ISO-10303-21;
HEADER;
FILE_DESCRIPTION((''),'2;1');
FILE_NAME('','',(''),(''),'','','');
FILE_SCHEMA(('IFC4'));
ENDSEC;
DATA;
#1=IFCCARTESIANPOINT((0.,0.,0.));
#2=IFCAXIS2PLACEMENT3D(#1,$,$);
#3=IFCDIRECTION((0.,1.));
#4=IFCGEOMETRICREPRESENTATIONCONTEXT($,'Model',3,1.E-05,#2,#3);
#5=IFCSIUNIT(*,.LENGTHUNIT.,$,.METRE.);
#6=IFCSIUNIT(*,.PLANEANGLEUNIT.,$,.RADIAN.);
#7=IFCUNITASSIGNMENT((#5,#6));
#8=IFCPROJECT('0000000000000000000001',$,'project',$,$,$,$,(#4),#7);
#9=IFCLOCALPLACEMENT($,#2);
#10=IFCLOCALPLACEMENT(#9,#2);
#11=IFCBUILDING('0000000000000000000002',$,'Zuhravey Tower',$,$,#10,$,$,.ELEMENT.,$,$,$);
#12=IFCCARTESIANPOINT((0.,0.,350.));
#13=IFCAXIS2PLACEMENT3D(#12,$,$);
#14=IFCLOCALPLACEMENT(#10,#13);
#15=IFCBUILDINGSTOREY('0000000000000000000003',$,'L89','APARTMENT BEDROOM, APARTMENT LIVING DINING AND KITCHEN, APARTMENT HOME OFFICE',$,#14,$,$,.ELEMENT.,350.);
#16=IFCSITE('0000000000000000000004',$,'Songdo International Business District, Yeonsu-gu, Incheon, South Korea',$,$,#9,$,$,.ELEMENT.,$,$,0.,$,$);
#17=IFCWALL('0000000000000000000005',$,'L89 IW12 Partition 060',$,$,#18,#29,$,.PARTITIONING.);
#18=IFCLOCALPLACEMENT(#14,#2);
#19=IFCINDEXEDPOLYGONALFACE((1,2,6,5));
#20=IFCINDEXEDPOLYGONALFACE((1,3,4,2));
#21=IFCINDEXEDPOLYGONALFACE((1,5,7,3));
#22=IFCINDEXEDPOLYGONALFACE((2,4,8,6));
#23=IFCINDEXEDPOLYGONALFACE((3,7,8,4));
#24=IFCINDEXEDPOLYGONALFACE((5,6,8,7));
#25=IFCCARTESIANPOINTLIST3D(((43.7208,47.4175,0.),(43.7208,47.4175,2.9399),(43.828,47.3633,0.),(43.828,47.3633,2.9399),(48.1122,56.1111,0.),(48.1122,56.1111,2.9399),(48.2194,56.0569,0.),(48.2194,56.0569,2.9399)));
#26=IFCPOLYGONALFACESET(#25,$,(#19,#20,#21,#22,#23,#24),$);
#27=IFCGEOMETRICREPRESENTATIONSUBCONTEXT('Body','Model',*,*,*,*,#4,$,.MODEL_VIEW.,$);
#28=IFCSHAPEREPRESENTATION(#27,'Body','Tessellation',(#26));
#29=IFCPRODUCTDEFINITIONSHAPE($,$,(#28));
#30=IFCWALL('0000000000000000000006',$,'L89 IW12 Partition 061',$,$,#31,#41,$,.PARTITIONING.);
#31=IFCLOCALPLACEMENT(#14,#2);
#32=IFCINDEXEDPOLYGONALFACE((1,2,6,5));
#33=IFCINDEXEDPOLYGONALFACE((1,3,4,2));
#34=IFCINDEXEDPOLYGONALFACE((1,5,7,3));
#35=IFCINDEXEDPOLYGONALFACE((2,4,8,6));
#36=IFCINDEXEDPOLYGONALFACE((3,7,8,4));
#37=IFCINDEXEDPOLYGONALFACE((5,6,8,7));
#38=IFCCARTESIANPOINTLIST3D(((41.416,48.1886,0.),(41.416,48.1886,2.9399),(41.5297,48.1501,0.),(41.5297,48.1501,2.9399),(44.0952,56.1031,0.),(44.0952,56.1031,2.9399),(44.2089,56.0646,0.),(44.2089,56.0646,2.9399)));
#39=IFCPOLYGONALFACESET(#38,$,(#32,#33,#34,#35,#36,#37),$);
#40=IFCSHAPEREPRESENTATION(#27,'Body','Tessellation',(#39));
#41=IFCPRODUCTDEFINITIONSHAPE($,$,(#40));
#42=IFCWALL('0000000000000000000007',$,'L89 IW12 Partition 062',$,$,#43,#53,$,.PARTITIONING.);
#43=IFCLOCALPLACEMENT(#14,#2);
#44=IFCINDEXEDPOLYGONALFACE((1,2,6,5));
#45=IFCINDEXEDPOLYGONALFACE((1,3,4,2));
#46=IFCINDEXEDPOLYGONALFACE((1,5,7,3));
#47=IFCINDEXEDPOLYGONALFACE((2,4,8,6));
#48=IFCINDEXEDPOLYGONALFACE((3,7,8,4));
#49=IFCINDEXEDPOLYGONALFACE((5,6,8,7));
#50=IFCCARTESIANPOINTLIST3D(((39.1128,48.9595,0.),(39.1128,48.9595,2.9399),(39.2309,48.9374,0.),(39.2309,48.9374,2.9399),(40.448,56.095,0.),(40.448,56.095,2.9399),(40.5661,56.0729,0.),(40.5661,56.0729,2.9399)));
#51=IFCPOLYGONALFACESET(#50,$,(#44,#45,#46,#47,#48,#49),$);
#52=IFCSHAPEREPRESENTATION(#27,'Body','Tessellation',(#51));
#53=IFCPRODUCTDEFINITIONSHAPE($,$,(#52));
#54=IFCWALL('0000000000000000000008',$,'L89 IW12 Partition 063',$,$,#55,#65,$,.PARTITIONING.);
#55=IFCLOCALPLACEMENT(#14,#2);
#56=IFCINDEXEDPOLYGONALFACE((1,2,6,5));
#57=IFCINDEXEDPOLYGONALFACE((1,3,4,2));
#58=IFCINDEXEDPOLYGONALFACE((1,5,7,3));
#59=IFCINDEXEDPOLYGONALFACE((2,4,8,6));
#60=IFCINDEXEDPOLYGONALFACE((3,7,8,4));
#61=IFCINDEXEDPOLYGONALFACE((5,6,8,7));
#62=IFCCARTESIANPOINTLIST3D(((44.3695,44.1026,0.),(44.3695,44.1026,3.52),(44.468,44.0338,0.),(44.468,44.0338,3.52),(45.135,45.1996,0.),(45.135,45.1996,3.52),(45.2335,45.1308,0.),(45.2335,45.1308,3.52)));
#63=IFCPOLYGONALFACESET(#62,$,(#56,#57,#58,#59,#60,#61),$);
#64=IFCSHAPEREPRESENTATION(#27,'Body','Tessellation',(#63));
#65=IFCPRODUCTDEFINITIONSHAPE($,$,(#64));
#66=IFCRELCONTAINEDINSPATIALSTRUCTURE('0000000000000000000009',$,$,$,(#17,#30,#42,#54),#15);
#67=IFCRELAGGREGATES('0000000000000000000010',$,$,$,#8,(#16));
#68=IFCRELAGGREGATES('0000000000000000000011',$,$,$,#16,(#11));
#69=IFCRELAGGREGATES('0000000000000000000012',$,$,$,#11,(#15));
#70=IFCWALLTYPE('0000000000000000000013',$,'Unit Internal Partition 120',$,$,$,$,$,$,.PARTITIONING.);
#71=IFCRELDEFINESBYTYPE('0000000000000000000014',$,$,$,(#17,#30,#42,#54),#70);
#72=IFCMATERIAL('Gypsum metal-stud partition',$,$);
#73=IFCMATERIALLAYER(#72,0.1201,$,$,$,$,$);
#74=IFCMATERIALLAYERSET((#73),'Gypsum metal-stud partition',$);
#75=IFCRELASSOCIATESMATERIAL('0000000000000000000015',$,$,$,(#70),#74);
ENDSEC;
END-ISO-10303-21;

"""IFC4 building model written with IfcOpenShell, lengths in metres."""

from ifc_helpers import new_model, si_unit, direction, frame, frame_2d, origin, place, context, subcontext, project, spatial, rectangle, extrude, material, layer, layer_set, type_object, element, save


model = new_model("IFC4")

# Units and contexts
model_context = context("Model", 3, precision=1e-05, world=origin(), true_north=direction((0.0, 1.0)))
body_context = subcontext(model_context, "Body", "Model", "MODEL_VIEW")
ifc_project = project(units=[si_unit("LENGTHUNIT", "METRE"), si_unit("PLANEANGLEUNIT", "RADIAN")], contexts=[model_context])

# Site, building, storey
site_placement = place(None, origin())
site = spatial("IfcSite", under=ifc_project, at=site_placement, Name="Songdo International Business District, Yeonsu-gu, Incheon, South Korea", CompositionType="ELEMENT", RefElevation=0.0)
building_placement = place(site_placement, origin())
building = spatial("IfcBuilding", under=site, at=building_placement, Name="Zuhravey Tower", CompositionType="ELEMENT")
storey_placement = place(building_placement, frame((0.0, 0.0, 350.0)))
storey = spatial("IfcBuildingStorey", under=building, at=storey_placement, Name="L89", Description="APARTMENT BEDROOM, APARTMENT LIVING DINING AND KITCHEN, APARTMENT HOME OFFICE", CompositionType="ELEMENT", Elevation=350.0)

# Shared definitions
ifc_material_1 = material(Name="Gypsum metal-stud partition")
ifc_layer_1 = layer(ifc_material_1, 0.1201)
ifc_layer_set_1 = layer_set([ifc_layer_1], Name="Gypsum metal-stud partition")
wall_type_1 = type_object("IfcWallType", Name="Unit Internal Partition 120", PredefinedType="PARTITIONING", material=ifc_layer_set_1)

# Walls
wall_1_placement = place(storey_placement, frame((43.7744, 47.3904, 0.0), z_axis=(0.0, 0.0, 1.0), x_axis=(0.45087, 0.89259, 0.0)))
element("IfcWall", 1, at=wall_1_placement, inside=storey, type_object=wall_type_1, Name="L89 IW12 Partition 060", PredefinedType="PARTITIONING", context=body_context, shape_type="SweptSolid", body=[
    extrude(rectangle(XDim=9.7397, YDim=0.1201, at=frame_2d((4.8699, 0.0))), origin(), (0.0, 0.0, 1.0), 2.9399),
])
wall_2_placement = place(storey_placement, frame((41.4729, 48.1694, 0.0), z_axis=(0.0, 0.0, 1.0), x_axis=(0.320642, 0.9472, 0.0)))
element("IfcWall", 2, at=wall_2_placement, inside=storey, type_object=wall_type_1, Name="L89 IW12 Partition 061", PredefinedType="PARTITIONING", context=body_context, shape_type="SweptSolid", body=[
    extrude(rectangle(XDim=8.3557, YDim=0.1201, at=frame_2d((4.1777, 0.0))), origin(), (0.0, 0.0, 1.0), 2.9399),
])
wall_3_placement = place(storey_placement, frame((39.1719, 48.9485, 0.0), z_axis=(0.0, 0.0, 1.0), x_axis=(0.183929, 0.98294, 0.0)))
element("IfcWall", 3, at=wall_3_placement, inside=storey, type_object=wall_type_1, Name="L89 IW12 Partition 062", PredefinedType="PARTITIONING", context=body_context, shape_type="SweptSolid", body=[
    extrude(rectangle(XDim=7.2593, YDim=0.1201, at=frame_2d((3.6296, 0.0))), origin(), (0.0, 0.0, 1.0), 2.9399),
])
wall_4_placement = place(storey_placement, frame((44.4187, 44.0681, 0.0), z_axis=(0.0, 0.0, 1.0), x_axis=(0.572224, 0.820097, 0.0)))
element("IfcWall", 4, at=wall_4_placement, inside=storey, type_object=wall_type_1, Name="L89 IW12 Partition 063", PredefinedType="PARTITIONING", context=body_context, shape_type="SweptSolid", body=[
    extrude(rectangle(XDim=1.3376, YDim=0.1201, at=frame_2d((0.6689, 0.0))), origin(), (0.0, 0.0, 1.0), 3.52),
])

save(model, "model.ifc")
